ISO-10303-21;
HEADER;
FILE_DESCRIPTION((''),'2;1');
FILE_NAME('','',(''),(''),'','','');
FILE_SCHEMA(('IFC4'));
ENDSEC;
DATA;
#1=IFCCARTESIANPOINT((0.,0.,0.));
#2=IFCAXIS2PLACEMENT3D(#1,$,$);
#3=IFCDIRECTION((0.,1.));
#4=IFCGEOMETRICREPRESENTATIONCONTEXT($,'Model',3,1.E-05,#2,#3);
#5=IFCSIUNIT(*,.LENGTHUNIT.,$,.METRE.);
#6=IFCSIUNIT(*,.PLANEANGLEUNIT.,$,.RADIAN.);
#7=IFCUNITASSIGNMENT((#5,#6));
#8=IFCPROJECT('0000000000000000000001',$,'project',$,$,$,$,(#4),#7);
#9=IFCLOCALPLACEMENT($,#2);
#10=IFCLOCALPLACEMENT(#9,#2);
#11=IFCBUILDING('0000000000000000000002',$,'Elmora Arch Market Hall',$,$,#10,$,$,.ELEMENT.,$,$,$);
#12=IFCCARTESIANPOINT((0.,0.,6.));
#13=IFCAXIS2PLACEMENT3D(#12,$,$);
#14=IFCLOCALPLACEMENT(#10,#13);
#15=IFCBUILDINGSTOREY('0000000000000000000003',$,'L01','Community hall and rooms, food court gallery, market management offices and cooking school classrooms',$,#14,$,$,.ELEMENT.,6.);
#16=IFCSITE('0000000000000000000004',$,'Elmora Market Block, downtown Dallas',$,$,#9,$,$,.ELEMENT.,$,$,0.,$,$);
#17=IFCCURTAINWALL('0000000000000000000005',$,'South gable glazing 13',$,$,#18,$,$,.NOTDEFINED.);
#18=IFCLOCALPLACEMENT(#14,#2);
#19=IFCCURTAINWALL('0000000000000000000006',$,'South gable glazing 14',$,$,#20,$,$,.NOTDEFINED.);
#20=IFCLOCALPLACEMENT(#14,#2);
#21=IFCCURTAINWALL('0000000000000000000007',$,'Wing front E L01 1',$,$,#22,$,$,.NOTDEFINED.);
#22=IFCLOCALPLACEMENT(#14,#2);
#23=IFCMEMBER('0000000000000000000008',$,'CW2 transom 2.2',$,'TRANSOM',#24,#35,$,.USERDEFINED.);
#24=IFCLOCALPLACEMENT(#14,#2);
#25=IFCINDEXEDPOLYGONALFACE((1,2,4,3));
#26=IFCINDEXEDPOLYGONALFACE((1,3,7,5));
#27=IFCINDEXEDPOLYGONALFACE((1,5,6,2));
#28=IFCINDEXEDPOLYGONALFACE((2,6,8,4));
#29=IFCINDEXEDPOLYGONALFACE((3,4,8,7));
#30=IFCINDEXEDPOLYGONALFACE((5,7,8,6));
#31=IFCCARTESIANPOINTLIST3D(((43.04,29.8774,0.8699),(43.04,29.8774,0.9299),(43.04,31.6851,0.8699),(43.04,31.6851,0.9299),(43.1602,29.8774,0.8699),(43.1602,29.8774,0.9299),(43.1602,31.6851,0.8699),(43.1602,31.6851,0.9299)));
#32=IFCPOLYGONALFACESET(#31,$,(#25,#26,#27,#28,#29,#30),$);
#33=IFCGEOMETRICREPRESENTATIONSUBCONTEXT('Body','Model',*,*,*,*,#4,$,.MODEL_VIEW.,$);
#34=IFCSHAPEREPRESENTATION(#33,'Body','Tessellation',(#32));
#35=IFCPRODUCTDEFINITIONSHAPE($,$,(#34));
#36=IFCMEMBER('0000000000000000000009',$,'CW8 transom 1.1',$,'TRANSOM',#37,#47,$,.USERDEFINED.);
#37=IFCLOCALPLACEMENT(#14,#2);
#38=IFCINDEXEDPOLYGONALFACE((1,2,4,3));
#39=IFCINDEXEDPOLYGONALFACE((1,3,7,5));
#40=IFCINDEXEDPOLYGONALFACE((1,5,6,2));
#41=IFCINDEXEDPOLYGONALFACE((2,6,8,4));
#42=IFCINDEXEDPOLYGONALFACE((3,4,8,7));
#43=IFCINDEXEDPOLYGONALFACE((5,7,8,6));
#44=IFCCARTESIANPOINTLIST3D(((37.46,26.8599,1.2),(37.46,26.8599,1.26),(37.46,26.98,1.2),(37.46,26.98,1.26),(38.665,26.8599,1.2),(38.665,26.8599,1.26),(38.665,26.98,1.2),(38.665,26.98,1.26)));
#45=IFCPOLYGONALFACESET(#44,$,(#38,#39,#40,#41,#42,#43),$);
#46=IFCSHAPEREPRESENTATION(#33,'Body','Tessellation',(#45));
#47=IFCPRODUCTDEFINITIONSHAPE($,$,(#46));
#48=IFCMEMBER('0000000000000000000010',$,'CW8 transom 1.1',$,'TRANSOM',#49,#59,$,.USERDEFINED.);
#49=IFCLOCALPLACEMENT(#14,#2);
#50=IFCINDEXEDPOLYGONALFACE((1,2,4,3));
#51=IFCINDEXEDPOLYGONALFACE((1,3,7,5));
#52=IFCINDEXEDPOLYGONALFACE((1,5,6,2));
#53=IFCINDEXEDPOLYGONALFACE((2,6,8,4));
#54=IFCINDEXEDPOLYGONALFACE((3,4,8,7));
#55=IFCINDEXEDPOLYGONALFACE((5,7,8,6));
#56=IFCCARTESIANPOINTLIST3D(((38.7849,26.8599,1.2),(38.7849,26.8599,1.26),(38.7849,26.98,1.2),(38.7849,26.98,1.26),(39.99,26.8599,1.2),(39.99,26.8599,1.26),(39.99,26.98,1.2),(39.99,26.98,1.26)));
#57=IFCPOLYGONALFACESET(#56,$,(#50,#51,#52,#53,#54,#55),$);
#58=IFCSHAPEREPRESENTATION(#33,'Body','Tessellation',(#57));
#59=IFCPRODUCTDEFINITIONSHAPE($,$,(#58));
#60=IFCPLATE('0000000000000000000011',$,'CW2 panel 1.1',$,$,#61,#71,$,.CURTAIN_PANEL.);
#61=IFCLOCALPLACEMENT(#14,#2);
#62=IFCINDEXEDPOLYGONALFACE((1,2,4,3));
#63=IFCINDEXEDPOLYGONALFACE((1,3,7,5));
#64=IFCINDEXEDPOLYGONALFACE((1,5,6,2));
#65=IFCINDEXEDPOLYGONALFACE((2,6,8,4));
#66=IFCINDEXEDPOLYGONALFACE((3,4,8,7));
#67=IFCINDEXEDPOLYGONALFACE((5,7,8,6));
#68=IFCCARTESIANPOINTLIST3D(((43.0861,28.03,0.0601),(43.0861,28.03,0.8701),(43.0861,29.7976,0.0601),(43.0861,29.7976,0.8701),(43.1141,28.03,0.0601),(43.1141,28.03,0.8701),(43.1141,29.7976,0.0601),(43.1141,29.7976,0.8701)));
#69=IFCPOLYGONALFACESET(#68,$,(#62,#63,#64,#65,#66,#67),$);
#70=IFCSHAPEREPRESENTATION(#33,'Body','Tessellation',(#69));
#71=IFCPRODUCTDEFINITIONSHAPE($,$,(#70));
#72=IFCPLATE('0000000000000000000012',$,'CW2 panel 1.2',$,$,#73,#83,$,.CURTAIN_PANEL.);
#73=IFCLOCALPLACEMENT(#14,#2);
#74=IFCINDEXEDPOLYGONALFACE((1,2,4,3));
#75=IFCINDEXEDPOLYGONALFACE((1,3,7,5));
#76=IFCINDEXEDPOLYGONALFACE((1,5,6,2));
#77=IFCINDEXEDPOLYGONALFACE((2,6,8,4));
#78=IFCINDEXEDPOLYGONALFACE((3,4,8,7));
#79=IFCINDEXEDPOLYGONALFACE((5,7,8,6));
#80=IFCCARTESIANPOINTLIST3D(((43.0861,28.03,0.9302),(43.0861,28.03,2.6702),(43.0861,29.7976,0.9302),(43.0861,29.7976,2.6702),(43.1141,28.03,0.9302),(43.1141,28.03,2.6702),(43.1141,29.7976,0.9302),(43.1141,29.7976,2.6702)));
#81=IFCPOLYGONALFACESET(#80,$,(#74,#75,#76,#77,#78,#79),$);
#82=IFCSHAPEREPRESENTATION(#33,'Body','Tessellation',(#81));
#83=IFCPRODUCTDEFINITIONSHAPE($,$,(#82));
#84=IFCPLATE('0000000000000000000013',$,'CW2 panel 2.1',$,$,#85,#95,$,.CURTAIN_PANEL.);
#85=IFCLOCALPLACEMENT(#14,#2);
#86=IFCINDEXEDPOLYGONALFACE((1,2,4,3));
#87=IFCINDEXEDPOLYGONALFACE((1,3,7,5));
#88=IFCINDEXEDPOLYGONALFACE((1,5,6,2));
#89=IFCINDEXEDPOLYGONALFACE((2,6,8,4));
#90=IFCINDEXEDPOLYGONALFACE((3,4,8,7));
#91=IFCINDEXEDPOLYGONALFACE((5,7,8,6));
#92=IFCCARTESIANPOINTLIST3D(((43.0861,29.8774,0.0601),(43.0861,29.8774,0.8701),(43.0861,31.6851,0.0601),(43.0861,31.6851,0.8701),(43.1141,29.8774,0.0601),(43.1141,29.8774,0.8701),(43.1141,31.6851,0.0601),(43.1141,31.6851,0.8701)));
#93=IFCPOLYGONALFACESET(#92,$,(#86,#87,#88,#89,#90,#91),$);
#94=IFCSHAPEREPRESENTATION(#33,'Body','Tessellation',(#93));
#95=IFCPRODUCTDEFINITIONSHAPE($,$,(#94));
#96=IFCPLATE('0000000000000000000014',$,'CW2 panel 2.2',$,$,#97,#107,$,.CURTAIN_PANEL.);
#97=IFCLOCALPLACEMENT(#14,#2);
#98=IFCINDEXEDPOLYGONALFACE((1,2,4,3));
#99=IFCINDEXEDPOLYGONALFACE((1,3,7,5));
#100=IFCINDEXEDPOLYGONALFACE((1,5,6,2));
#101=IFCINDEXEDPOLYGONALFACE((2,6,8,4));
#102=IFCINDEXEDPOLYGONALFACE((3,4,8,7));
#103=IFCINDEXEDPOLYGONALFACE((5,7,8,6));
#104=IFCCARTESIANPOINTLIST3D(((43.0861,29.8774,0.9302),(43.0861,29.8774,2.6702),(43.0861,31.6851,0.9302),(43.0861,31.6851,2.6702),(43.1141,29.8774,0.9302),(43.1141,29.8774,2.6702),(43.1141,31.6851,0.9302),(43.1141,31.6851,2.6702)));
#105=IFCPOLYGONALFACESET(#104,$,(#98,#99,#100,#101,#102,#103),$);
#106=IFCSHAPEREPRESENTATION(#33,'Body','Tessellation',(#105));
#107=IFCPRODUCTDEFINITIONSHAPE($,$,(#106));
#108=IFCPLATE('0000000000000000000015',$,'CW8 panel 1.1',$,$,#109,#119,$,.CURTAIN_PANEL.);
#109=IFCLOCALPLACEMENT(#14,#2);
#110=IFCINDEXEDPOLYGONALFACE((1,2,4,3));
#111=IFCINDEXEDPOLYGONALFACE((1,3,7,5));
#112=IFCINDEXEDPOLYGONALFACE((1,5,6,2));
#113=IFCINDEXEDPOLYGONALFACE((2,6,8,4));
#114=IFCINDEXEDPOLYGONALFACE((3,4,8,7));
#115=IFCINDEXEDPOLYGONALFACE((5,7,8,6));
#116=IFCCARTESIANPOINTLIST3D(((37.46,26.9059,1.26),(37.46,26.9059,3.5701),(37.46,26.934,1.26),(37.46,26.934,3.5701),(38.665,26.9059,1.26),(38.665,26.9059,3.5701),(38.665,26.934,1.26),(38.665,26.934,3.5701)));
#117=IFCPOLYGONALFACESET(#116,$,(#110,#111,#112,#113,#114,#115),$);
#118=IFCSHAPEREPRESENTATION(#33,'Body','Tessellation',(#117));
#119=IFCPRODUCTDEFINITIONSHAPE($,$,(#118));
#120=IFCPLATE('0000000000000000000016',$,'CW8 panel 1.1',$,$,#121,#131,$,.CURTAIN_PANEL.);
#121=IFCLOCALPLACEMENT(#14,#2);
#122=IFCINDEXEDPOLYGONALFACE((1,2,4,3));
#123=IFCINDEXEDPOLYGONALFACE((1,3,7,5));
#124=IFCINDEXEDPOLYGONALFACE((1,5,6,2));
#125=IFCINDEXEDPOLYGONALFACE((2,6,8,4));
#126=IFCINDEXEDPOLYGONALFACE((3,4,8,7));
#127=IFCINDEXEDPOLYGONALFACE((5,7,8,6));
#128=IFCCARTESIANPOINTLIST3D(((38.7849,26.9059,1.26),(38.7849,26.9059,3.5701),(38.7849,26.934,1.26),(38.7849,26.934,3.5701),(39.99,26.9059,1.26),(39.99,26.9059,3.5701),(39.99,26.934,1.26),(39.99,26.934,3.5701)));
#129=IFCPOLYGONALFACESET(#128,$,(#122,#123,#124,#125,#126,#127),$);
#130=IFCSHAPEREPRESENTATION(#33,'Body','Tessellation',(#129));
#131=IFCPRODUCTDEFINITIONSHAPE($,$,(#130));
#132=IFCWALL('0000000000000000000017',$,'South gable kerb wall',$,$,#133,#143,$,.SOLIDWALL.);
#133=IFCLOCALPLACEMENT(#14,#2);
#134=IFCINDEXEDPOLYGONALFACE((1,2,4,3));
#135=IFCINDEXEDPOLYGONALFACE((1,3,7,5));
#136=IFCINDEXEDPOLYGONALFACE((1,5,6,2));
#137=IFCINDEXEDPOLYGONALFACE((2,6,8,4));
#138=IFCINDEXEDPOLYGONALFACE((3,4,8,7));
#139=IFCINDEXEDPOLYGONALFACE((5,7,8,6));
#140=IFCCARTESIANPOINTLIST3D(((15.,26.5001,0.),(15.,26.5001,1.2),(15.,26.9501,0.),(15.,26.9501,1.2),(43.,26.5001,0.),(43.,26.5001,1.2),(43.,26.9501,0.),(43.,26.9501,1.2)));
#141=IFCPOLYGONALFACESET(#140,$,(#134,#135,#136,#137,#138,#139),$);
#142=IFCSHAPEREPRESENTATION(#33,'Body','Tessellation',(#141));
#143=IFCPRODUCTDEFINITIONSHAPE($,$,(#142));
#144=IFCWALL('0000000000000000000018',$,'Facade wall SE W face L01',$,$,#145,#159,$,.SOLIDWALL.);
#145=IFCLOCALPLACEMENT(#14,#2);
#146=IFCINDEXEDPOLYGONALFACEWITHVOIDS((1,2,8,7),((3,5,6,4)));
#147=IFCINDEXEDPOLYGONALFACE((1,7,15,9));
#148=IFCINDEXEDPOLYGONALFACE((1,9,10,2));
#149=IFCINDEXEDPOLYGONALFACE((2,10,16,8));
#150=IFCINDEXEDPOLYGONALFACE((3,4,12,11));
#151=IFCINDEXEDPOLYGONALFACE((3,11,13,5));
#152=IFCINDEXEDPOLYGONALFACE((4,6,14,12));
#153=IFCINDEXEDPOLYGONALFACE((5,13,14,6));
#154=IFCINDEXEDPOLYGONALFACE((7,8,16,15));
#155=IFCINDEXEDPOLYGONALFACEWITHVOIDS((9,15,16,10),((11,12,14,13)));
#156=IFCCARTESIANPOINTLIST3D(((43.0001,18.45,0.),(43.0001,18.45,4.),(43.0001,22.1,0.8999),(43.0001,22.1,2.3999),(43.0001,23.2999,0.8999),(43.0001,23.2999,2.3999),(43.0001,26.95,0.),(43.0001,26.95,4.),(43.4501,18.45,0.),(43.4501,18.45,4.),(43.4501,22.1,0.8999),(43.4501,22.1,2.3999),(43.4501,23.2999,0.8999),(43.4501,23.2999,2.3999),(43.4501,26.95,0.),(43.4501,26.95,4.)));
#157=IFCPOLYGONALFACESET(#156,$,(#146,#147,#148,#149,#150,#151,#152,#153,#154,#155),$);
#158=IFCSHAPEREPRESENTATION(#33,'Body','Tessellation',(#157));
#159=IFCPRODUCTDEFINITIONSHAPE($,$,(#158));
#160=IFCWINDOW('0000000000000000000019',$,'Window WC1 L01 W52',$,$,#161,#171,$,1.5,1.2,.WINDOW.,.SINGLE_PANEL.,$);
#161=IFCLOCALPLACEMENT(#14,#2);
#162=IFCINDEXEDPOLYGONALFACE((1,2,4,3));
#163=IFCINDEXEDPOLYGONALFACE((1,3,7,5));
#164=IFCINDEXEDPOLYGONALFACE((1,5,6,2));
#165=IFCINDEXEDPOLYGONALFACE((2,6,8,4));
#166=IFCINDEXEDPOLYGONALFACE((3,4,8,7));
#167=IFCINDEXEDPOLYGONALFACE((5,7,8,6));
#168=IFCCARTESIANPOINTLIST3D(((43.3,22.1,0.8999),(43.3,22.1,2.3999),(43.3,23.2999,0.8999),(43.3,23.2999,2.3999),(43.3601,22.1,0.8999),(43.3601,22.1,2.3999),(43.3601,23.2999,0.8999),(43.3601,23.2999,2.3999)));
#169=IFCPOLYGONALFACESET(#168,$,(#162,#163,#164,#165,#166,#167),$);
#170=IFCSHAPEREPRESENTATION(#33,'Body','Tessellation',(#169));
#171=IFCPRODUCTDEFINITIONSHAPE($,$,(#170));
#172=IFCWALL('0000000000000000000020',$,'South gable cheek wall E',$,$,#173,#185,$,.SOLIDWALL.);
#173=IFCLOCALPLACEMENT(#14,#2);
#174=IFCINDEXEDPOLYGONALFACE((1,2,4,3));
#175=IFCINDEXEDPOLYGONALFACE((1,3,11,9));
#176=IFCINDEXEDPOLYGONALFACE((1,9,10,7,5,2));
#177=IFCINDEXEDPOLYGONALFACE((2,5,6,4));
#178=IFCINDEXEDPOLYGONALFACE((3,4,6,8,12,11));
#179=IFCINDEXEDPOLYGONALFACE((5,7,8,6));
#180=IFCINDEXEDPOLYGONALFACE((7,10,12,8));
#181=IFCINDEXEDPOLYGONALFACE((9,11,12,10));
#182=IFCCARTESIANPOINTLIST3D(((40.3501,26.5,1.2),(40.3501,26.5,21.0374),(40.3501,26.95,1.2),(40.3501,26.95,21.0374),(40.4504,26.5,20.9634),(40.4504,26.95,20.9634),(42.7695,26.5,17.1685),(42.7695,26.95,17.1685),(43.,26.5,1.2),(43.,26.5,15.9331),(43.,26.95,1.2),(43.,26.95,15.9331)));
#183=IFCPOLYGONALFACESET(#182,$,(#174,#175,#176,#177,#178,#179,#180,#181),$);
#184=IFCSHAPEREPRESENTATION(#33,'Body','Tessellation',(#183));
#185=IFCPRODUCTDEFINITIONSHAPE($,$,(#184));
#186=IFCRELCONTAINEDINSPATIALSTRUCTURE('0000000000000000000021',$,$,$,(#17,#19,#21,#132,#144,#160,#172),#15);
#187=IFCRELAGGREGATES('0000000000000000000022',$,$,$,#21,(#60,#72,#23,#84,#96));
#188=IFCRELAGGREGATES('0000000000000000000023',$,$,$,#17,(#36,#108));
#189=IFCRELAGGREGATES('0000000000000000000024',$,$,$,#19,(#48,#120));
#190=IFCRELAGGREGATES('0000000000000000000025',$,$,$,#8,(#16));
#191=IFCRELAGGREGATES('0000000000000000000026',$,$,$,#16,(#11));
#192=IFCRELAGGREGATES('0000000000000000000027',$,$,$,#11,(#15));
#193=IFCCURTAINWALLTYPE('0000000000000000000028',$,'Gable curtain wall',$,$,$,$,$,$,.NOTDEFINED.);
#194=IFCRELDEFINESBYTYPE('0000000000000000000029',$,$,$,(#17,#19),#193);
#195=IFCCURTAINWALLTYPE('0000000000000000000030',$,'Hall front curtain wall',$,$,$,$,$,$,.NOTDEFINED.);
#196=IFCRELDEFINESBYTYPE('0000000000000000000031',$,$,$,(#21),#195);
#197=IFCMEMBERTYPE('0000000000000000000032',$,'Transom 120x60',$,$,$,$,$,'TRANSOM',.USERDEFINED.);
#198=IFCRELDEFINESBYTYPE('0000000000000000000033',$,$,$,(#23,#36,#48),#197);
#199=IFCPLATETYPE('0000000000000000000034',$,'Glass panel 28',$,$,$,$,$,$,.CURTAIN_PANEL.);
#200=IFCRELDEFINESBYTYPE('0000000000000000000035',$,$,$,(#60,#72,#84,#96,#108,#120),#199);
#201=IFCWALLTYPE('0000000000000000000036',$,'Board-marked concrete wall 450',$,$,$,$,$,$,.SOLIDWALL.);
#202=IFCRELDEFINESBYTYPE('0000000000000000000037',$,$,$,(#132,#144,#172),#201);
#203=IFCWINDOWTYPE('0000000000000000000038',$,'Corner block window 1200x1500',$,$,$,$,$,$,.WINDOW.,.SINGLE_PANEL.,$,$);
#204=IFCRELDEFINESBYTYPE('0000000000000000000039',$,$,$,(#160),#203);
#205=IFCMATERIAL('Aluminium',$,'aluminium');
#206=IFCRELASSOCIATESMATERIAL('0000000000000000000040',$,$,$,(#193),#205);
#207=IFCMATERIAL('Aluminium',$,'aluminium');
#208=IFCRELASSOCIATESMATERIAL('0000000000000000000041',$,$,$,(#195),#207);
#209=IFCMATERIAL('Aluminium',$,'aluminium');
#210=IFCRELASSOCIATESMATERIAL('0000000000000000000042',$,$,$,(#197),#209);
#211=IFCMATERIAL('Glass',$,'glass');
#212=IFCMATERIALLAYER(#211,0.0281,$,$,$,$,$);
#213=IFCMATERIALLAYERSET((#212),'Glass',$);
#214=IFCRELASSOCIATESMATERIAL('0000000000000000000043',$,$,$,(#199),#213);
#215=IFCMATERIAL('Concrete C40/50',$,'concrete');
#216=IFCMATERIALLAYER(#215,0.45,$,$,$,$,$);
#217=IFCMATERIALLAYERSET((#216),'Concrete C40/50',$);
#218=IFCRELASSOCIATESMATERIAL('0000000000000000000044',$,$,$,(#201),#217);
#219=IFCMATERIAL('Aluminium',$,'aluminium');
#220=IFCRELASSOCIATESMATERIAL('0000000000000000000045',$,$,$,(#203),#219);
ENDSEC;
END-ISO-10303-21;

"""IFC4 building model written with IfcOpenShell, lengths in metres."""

from ifc_helpers import new_model, si_unit, direction, frame, frame_2d, origin, origin_2d, place, context, subcontext, project, spatial, polyline, rectangle, outline, extrude, material, layer, layer_set, material_profile, profile_set, type_object, element, fill, aggregate, save


model = new_model("IFC4")

# Units and contexts
model_context = context("Model", 3, precision=1e-05, world=origin(), true_north=direction((0.0, 1.0)))
body_context = subcontext(model_context, "Body", "Model", "MODEL_VIEW")
ifc_project = project(units=[si_unit("LENGTHUNIT", "METRE"), si_unit("PLANEANGLEUNIT", "RADIAN")], contexts=[model_context])

# Site, building, storey
site_placement = place(None, origin())
site = spatial("IfcSite", under=ifc_project, at=site_placement, Name="Elmora Market Block, downtown Dallas", CompositionType="ELEMENT", RefElevation=0.0)
building_placement = place(site_placement, origin())
building = spatial("IfcBuilding", under=site, at=building_placement, Name="Elmora Arch Market Hall", CompositionType="ELEMENT")
storey_placement = place(building_placement, frame((0.0, 0.0, 6.0)))
storey = spatial("IfcBuildingStorey", under=building, at=storey_placement, Name="L01", Description="Community hall and rooms, food court gallery, market management offices and cooking school classrooms", CompositionType="ELEMENT", Elevation=6.0)

# Shared definitions
ifc_material_1 = material(Name="Aluminium", Category="aluminium")
curtain_wall_type_1 = type_object("IfcCurtainWallType", Name="Gable curtain wall", PredefinedType="NOTDEFINED", material=ifc_material_1)

# Curtain walls, member
curtain_wall_1_placement = place(storey_placement, origin())
curtain_wall_1 = element("IfcCurtainWall", 1, at=curtain_wall_1_placement, inside=storey, type_object=curtain_wall_type_1, Name="South gable glazing 13", PredefinedType="NOTDEFINED")
curtain_wall_2_placement = place(storey_placement, origin())
curtain_wall_2 = element("IfcCurtainWall", 2, at=curtain_wall_2_placement, inside=storey, type_object=curtain_wall_type_1, Name="South gable glazing 14", PredefinedType="NOTDEFINED")
ifc_material_2 = material(Name="Aluminium", Category="aluminium")
curtain_wall_type_2 = type_object("IfcCurtainWallType", Name="Hall front curtain wall", PredefinedType="NOTDEFINED", material=ifc_material_2)
curtain_wall_3_placement = place(storey_placement, origin())
curtain_wall_3 = element("IfcCurtainWall", 3, at=curtain_wall_3_placement, inside=storey, type_object=curtain_wall_type_2, Name="Wing front E L01 1", PredefinedType="NOTDEFINED")
ifc_material_3 = material(Name="Aluminium", Category="aluminium")
ifc_material_profile_1 = material_profile(ifc_material_3, rectangle(XDim=0.1201, YDim=0.0601, at=origin_2d()), Name="AL 120x60")
ifc_profile_set_1 = profile_set([ifc_material_profile_1], Name="Aluminium")
member_type_1 = type_object("IfcMemberType", Name="Transom 120x60", ElementType="TRANSOM", PredefinedType="USERDEFINED", material=ifc_profile_set_1)
member_1_placement = place(storey_placement, frame((43.1001, 29.8774, 0.8999), z_axis=(0.0, 1.0, 0.0), x_axis=(-1.0, 0.0, 0.0)))
member_1 = element("IfcMember", 4, at=member_1_placement, type_object=member_type_1, Name="CW2 transom 2.2", ObjectType="TRANSOM", PredefinedType="USERDEFINED", context=body_context, shape_type="SweptSolid", body=[
    extrude(rectangle(XDim=0.1201, YDim=0.0601, at=origin_2d()), origin(), (0.0, 0.0, 1.0), 1.8076),
])

# Members
member_2_placement = place(storey_placement, frame((37.46, 26.9199, 1.23), z_axis=(1.0, 0.0, 0.0), x_axis=(0.0, 1.0, 0.0)))
member_2 = element("IfcMember", 5, at=member_2_placement, type_object=member_type_1, Name="CW8 transom 1.1", ObjectType="TRANSOM", PredefinedType="USERDEFINED", context=body_context, shape_type="SweptSolid", body=[
    extrude(rectangle(XDim=0.1201, YDim=0.0601, at=origin_2d()), origin(), (0.0, 0.0, 1.0), 1.2051),
])
member_3_placement = place(storey_placement, frame((38.7849, 26.9199, 1.23), z_axis=(1.0, 0.0, 0.0), x_axis=(0.0, 1.0, 0.0)))
member_3 = element("IfcMember", 6, at=member_3_placement, type_object=member_type_1, Name="CW8 transom 1.1", ObjectType="TRANSOM", PredefinedType="USERDEFINED", context=body_context, shape_type="SweptSolid", body=[
    extrude(rectangle(XDim=0.1201, YDim=0.0601, at=origin_2d()), origin(), (0.0, 0.0, 1.0), 1.2051),
])

# Plates
ifc_material_4 = material(Name="Glass", Category="glass")
ifc_layer_1 = layer(ifc_material_4, 0.0281)
ifc_layer_set_1 = layer_set([ifc_layer_1], Name="Glass")
plate_type = type_object("IfcPlateType", Name="Glass panel 28", PredefinedType="CURTAIN_PANEL", material=ifc_layer_set_1)
plate_1_placement = place(storey_placement, frame((43.1001, 28.9138, 0.0601), z_axis=(0.0, 0.0, 1.0), x_axis=(0.0, 1.0, 0.0)))
plate_1 = element("IfcPlate", 7, at=plate_1_placement, type_object=plate_type, Name="CW2 panel 1.1", PredefinedType="CURTAIN_PANEL", context=body_context, shape_type="SweptSolid", body=[
    extrude(rectangle(XDim=1.7676, YDim=0.0281, at=origin_2d()), origin(), (0.0, 0.0, 1.0), 0.8101),
])
plate_2_placement = place(storey_placement, frame((43.1001, 28.9138, 0.9302), z_axis=(0.0, 0.0, 1.0), x_axis=(0.0, 1.0, 0.0)))
plate_2 = element("IfcPlate", 8, at=plate_2_placement, type_object=plate_type, Name="CW2 panel 1.2", PredefinedType="CURTAIN_PANEL", context=body_context, shape_type="SweptSolid", body=[
    extrude(rectangle(XDim=1.7676, YDim=0.0281, at=origin_2d()), origin(), (0.0, 0.0, 1.0), 1.74),
])
plate_3_placement = place(storey_placement, frame((43.1001, 30.7812, 0.0601), z_axis=(0.0, 0.0, 1.0), x_axis=(0.0, 1.0, 0.0)))
plate_3 = element("IfcPlate", 9, at=plate_3_placement, type_object=plate_type, Name="CW2 panel 2.1", PredefinedType="CURTAIN_PANEL", context=body_context, shape_type="SweptSolid", body=[
    extrude(rectangle(XDim=1.8076, YDim=0.0281, at=origin_2d()), origin(), (0.0, 0.0, 1.0), 0.8101),
])
plate_4_placement = place(storey_placement, frame((43.1001, 30.7812, 0.9302), z_axis=(0.0, 0.0, 1.0), x_axis=(0.0, 1.0, 0.0)))
plate_4 = element("IfcPlate", 10, at=plate_4_placement, type_object=plate_type, Name="CW2 panel 2.2", PredefinedType="CURTAIN_PANEL", context=body_context, shape_type="SweptSolid", body=[
    extrude(rectangle(XDim=1.8076, YDim=0.0281, at=origin_2d()), origin(), (0.0, 0.0, 1.0), 1.74),
])
aggregate(curtain_wall_3, [plate_1, plate_2, member_1, plate_3, plate_4])
plate_5_placement = place(storey_placement, frame((38.0625, 26.9199, 1.26), z_axis=(0.0, 0.0, 1.0), x_axis=(1.0, 0.0, 0.0)))
plate_5 = element("IfcPlate", 11, at=plate_5_placement, type_object=plate_type, Name="CW8 panel 1.1", PredefinedType="CURTAIN_PANEL", context=body_context, shape_type="SweptSolid", body=[
    extrude(rectangle(XDim=1.2051, YDim=0.0281, at=origin_2d()), origin(), (0.0, 0.0, 1.0), 2.3101),
])
aggregate(curtain_wall_1, [member_2, plate_5])
plate_6_placement = place(storey_placement, frame((39.3875, 26.9199, 1.26), z_axis=(0.0, 0.0, 1.0), x_axis=(1.0, 0.0, 0.0)))
plate_6 = element("IfcPlate", 12, at=plate_6_placement, type_object=plate_type, Name="CW8 panel 1.1", PredefinedType="CURTAIN_PANEL", context=body_context, shape_type="SweptSolid", body=[
    extrude(rectangle(XDim=1.2051, YDim=0.0281, at=origin_2d()), origin(), (0.0, 0.0, 1.0), 2.3101),
])
aggregate(curtain_wall_2, [member_3, plate_6])

# Wall
ifc_material_5 = material(Name="Concrete C40/50", Category="concrete")
ifc_layer_2 = layer(ifc_material_5, 0.45)
ifc_layer_set_2 = layer_set([ifc_layer_2], Name="Concrete C40/50")
wall_type_1 = type_object("IfcWallType", Name="Board-marked concrete wall 450", PredefinedType="SOLIDWALL", material=ifc_layer_set_2)
wall_1_placement = place(storey_placement, frame((43.0, 26.7251, 0.0), z_axis=(0.0, 0.0, 1.0), x_axis=(-1.0, 0.0, 0.0)))
element("IfcWall", 13, at=wall_1_placement, inside=storey, type_object=wall_type_1, Name="South gable kerb wall", PredefinedType="SOLIDWALL", context=body_context, shape_type="SweptSolid", body=[
    extrude(rectangle(XDim=28.0, YDim=0.45, at=frame_2d((14.0, 0.0))), origin(), (0.0, 0.0, 1.0), 1.2),
])

# Wall, opening, window
wall_2_placement = place(storey_placement, frame((43.2251, 18.45, 0.0), z_axis=(0.0, 0.0, 1.0), x_axis=(0.0, 1.0, 0.0)))
wall_2 = element("IfcWall", 14, at=wall_2_placement, inside=storey, type_object=wall_type_1, Name="Facade wall SE W face L01", PredefinedType="SOLIDWALL", context=body_context, shape_type="SweptSolid", body=[
    extrude(rectangle(XDim=8.5, YDim=0.45, at=frame_2d((4.25, 0.0))), origin(), (0.0, 0.0, 1.0), 4.0),
])
opening_placement = place(wall_2_placement, frame((3.6499, 0.0, 0.8999)))
opening = element("IfcOpeningElement", 15, at=opening_placement, cuts=wall_2, PredefinedType="OPENING", context=body_context, shape_type="SweptSolid", body=[
    extrude(rectangle(XDim=1.2, YDim=1.5, at=frame_2d((0.6001, 0.75))), frame((0.0, 0.2349, 0.0), z_axis=(0.0, -1.0, 0.0), x_axis=(1.0, 0.0, 0.0)), (0.0, 0.0, 1.0), 0.47),
])
ifc_material_6 = material(Name="Aluminium", Category="aluminium")
window_type = type_object("IfcWindowType", Name="Corner block window 1200x1500", PartitioningType="SINGLE_PANEL", PredefinedType="WINDOW", material=ifc_material_6)
window_placement = place(opening_placement, origin())
window = element("IfcWindow", 16, at=window_placement, inside=storey, type_object=window_type, Name="Window WC1 L01 W52", OverallHeight=1.5, OverallWidth=1.2, PartitioningType="SINGLE_PANEL", PredefinedType="WINDOW", context=body_context, shape_type="SweptSolid", body=[
    extrude(rectangle(XDim=1.2, YDim=1.5, at=frame_2d((0.6001, 0.75))), frame((0.0, -0.075, 0.0), z_axis=(0.0, -1.0, 0.0), x_axis=(1.0, 0.0, 0.0)), (0.0, 0.0, 1.0), 0.0601),
])
fill(opening, window)

# Wall
wall_3_placement = place(storey_placement, frame((43.0, 26.7251, 1.2), z_axis=(0.0, 0.0, 1.0), x_axis=(-1.0, 0.0, 0.0)))
element("IfcWall", 17, at=wall_3_placement, inside=storey, type_object=wall_type_1, Name="South gable cheek wall E", PredefinedType="SOLIDWALL", context=body_context, shape_type="SweptSolid", body=[
    extrude(outline(polyline([(0.0, 0.0), (2.6499, 0.0), (2.6499, 19.8374), (2.5496, 19.7634), (0.2305, 15.9685), (0.0, 14.7332), (0.0, 0.0)])), frame((0.0, 0.2251, 0.0), z_axis=(0.0, -1.0, 0.0), x_axis=(1.0, 0.0, 0.0)), (0.0, 0.0, 1.0), 0.45),
])

save(model, "model.ifc")
